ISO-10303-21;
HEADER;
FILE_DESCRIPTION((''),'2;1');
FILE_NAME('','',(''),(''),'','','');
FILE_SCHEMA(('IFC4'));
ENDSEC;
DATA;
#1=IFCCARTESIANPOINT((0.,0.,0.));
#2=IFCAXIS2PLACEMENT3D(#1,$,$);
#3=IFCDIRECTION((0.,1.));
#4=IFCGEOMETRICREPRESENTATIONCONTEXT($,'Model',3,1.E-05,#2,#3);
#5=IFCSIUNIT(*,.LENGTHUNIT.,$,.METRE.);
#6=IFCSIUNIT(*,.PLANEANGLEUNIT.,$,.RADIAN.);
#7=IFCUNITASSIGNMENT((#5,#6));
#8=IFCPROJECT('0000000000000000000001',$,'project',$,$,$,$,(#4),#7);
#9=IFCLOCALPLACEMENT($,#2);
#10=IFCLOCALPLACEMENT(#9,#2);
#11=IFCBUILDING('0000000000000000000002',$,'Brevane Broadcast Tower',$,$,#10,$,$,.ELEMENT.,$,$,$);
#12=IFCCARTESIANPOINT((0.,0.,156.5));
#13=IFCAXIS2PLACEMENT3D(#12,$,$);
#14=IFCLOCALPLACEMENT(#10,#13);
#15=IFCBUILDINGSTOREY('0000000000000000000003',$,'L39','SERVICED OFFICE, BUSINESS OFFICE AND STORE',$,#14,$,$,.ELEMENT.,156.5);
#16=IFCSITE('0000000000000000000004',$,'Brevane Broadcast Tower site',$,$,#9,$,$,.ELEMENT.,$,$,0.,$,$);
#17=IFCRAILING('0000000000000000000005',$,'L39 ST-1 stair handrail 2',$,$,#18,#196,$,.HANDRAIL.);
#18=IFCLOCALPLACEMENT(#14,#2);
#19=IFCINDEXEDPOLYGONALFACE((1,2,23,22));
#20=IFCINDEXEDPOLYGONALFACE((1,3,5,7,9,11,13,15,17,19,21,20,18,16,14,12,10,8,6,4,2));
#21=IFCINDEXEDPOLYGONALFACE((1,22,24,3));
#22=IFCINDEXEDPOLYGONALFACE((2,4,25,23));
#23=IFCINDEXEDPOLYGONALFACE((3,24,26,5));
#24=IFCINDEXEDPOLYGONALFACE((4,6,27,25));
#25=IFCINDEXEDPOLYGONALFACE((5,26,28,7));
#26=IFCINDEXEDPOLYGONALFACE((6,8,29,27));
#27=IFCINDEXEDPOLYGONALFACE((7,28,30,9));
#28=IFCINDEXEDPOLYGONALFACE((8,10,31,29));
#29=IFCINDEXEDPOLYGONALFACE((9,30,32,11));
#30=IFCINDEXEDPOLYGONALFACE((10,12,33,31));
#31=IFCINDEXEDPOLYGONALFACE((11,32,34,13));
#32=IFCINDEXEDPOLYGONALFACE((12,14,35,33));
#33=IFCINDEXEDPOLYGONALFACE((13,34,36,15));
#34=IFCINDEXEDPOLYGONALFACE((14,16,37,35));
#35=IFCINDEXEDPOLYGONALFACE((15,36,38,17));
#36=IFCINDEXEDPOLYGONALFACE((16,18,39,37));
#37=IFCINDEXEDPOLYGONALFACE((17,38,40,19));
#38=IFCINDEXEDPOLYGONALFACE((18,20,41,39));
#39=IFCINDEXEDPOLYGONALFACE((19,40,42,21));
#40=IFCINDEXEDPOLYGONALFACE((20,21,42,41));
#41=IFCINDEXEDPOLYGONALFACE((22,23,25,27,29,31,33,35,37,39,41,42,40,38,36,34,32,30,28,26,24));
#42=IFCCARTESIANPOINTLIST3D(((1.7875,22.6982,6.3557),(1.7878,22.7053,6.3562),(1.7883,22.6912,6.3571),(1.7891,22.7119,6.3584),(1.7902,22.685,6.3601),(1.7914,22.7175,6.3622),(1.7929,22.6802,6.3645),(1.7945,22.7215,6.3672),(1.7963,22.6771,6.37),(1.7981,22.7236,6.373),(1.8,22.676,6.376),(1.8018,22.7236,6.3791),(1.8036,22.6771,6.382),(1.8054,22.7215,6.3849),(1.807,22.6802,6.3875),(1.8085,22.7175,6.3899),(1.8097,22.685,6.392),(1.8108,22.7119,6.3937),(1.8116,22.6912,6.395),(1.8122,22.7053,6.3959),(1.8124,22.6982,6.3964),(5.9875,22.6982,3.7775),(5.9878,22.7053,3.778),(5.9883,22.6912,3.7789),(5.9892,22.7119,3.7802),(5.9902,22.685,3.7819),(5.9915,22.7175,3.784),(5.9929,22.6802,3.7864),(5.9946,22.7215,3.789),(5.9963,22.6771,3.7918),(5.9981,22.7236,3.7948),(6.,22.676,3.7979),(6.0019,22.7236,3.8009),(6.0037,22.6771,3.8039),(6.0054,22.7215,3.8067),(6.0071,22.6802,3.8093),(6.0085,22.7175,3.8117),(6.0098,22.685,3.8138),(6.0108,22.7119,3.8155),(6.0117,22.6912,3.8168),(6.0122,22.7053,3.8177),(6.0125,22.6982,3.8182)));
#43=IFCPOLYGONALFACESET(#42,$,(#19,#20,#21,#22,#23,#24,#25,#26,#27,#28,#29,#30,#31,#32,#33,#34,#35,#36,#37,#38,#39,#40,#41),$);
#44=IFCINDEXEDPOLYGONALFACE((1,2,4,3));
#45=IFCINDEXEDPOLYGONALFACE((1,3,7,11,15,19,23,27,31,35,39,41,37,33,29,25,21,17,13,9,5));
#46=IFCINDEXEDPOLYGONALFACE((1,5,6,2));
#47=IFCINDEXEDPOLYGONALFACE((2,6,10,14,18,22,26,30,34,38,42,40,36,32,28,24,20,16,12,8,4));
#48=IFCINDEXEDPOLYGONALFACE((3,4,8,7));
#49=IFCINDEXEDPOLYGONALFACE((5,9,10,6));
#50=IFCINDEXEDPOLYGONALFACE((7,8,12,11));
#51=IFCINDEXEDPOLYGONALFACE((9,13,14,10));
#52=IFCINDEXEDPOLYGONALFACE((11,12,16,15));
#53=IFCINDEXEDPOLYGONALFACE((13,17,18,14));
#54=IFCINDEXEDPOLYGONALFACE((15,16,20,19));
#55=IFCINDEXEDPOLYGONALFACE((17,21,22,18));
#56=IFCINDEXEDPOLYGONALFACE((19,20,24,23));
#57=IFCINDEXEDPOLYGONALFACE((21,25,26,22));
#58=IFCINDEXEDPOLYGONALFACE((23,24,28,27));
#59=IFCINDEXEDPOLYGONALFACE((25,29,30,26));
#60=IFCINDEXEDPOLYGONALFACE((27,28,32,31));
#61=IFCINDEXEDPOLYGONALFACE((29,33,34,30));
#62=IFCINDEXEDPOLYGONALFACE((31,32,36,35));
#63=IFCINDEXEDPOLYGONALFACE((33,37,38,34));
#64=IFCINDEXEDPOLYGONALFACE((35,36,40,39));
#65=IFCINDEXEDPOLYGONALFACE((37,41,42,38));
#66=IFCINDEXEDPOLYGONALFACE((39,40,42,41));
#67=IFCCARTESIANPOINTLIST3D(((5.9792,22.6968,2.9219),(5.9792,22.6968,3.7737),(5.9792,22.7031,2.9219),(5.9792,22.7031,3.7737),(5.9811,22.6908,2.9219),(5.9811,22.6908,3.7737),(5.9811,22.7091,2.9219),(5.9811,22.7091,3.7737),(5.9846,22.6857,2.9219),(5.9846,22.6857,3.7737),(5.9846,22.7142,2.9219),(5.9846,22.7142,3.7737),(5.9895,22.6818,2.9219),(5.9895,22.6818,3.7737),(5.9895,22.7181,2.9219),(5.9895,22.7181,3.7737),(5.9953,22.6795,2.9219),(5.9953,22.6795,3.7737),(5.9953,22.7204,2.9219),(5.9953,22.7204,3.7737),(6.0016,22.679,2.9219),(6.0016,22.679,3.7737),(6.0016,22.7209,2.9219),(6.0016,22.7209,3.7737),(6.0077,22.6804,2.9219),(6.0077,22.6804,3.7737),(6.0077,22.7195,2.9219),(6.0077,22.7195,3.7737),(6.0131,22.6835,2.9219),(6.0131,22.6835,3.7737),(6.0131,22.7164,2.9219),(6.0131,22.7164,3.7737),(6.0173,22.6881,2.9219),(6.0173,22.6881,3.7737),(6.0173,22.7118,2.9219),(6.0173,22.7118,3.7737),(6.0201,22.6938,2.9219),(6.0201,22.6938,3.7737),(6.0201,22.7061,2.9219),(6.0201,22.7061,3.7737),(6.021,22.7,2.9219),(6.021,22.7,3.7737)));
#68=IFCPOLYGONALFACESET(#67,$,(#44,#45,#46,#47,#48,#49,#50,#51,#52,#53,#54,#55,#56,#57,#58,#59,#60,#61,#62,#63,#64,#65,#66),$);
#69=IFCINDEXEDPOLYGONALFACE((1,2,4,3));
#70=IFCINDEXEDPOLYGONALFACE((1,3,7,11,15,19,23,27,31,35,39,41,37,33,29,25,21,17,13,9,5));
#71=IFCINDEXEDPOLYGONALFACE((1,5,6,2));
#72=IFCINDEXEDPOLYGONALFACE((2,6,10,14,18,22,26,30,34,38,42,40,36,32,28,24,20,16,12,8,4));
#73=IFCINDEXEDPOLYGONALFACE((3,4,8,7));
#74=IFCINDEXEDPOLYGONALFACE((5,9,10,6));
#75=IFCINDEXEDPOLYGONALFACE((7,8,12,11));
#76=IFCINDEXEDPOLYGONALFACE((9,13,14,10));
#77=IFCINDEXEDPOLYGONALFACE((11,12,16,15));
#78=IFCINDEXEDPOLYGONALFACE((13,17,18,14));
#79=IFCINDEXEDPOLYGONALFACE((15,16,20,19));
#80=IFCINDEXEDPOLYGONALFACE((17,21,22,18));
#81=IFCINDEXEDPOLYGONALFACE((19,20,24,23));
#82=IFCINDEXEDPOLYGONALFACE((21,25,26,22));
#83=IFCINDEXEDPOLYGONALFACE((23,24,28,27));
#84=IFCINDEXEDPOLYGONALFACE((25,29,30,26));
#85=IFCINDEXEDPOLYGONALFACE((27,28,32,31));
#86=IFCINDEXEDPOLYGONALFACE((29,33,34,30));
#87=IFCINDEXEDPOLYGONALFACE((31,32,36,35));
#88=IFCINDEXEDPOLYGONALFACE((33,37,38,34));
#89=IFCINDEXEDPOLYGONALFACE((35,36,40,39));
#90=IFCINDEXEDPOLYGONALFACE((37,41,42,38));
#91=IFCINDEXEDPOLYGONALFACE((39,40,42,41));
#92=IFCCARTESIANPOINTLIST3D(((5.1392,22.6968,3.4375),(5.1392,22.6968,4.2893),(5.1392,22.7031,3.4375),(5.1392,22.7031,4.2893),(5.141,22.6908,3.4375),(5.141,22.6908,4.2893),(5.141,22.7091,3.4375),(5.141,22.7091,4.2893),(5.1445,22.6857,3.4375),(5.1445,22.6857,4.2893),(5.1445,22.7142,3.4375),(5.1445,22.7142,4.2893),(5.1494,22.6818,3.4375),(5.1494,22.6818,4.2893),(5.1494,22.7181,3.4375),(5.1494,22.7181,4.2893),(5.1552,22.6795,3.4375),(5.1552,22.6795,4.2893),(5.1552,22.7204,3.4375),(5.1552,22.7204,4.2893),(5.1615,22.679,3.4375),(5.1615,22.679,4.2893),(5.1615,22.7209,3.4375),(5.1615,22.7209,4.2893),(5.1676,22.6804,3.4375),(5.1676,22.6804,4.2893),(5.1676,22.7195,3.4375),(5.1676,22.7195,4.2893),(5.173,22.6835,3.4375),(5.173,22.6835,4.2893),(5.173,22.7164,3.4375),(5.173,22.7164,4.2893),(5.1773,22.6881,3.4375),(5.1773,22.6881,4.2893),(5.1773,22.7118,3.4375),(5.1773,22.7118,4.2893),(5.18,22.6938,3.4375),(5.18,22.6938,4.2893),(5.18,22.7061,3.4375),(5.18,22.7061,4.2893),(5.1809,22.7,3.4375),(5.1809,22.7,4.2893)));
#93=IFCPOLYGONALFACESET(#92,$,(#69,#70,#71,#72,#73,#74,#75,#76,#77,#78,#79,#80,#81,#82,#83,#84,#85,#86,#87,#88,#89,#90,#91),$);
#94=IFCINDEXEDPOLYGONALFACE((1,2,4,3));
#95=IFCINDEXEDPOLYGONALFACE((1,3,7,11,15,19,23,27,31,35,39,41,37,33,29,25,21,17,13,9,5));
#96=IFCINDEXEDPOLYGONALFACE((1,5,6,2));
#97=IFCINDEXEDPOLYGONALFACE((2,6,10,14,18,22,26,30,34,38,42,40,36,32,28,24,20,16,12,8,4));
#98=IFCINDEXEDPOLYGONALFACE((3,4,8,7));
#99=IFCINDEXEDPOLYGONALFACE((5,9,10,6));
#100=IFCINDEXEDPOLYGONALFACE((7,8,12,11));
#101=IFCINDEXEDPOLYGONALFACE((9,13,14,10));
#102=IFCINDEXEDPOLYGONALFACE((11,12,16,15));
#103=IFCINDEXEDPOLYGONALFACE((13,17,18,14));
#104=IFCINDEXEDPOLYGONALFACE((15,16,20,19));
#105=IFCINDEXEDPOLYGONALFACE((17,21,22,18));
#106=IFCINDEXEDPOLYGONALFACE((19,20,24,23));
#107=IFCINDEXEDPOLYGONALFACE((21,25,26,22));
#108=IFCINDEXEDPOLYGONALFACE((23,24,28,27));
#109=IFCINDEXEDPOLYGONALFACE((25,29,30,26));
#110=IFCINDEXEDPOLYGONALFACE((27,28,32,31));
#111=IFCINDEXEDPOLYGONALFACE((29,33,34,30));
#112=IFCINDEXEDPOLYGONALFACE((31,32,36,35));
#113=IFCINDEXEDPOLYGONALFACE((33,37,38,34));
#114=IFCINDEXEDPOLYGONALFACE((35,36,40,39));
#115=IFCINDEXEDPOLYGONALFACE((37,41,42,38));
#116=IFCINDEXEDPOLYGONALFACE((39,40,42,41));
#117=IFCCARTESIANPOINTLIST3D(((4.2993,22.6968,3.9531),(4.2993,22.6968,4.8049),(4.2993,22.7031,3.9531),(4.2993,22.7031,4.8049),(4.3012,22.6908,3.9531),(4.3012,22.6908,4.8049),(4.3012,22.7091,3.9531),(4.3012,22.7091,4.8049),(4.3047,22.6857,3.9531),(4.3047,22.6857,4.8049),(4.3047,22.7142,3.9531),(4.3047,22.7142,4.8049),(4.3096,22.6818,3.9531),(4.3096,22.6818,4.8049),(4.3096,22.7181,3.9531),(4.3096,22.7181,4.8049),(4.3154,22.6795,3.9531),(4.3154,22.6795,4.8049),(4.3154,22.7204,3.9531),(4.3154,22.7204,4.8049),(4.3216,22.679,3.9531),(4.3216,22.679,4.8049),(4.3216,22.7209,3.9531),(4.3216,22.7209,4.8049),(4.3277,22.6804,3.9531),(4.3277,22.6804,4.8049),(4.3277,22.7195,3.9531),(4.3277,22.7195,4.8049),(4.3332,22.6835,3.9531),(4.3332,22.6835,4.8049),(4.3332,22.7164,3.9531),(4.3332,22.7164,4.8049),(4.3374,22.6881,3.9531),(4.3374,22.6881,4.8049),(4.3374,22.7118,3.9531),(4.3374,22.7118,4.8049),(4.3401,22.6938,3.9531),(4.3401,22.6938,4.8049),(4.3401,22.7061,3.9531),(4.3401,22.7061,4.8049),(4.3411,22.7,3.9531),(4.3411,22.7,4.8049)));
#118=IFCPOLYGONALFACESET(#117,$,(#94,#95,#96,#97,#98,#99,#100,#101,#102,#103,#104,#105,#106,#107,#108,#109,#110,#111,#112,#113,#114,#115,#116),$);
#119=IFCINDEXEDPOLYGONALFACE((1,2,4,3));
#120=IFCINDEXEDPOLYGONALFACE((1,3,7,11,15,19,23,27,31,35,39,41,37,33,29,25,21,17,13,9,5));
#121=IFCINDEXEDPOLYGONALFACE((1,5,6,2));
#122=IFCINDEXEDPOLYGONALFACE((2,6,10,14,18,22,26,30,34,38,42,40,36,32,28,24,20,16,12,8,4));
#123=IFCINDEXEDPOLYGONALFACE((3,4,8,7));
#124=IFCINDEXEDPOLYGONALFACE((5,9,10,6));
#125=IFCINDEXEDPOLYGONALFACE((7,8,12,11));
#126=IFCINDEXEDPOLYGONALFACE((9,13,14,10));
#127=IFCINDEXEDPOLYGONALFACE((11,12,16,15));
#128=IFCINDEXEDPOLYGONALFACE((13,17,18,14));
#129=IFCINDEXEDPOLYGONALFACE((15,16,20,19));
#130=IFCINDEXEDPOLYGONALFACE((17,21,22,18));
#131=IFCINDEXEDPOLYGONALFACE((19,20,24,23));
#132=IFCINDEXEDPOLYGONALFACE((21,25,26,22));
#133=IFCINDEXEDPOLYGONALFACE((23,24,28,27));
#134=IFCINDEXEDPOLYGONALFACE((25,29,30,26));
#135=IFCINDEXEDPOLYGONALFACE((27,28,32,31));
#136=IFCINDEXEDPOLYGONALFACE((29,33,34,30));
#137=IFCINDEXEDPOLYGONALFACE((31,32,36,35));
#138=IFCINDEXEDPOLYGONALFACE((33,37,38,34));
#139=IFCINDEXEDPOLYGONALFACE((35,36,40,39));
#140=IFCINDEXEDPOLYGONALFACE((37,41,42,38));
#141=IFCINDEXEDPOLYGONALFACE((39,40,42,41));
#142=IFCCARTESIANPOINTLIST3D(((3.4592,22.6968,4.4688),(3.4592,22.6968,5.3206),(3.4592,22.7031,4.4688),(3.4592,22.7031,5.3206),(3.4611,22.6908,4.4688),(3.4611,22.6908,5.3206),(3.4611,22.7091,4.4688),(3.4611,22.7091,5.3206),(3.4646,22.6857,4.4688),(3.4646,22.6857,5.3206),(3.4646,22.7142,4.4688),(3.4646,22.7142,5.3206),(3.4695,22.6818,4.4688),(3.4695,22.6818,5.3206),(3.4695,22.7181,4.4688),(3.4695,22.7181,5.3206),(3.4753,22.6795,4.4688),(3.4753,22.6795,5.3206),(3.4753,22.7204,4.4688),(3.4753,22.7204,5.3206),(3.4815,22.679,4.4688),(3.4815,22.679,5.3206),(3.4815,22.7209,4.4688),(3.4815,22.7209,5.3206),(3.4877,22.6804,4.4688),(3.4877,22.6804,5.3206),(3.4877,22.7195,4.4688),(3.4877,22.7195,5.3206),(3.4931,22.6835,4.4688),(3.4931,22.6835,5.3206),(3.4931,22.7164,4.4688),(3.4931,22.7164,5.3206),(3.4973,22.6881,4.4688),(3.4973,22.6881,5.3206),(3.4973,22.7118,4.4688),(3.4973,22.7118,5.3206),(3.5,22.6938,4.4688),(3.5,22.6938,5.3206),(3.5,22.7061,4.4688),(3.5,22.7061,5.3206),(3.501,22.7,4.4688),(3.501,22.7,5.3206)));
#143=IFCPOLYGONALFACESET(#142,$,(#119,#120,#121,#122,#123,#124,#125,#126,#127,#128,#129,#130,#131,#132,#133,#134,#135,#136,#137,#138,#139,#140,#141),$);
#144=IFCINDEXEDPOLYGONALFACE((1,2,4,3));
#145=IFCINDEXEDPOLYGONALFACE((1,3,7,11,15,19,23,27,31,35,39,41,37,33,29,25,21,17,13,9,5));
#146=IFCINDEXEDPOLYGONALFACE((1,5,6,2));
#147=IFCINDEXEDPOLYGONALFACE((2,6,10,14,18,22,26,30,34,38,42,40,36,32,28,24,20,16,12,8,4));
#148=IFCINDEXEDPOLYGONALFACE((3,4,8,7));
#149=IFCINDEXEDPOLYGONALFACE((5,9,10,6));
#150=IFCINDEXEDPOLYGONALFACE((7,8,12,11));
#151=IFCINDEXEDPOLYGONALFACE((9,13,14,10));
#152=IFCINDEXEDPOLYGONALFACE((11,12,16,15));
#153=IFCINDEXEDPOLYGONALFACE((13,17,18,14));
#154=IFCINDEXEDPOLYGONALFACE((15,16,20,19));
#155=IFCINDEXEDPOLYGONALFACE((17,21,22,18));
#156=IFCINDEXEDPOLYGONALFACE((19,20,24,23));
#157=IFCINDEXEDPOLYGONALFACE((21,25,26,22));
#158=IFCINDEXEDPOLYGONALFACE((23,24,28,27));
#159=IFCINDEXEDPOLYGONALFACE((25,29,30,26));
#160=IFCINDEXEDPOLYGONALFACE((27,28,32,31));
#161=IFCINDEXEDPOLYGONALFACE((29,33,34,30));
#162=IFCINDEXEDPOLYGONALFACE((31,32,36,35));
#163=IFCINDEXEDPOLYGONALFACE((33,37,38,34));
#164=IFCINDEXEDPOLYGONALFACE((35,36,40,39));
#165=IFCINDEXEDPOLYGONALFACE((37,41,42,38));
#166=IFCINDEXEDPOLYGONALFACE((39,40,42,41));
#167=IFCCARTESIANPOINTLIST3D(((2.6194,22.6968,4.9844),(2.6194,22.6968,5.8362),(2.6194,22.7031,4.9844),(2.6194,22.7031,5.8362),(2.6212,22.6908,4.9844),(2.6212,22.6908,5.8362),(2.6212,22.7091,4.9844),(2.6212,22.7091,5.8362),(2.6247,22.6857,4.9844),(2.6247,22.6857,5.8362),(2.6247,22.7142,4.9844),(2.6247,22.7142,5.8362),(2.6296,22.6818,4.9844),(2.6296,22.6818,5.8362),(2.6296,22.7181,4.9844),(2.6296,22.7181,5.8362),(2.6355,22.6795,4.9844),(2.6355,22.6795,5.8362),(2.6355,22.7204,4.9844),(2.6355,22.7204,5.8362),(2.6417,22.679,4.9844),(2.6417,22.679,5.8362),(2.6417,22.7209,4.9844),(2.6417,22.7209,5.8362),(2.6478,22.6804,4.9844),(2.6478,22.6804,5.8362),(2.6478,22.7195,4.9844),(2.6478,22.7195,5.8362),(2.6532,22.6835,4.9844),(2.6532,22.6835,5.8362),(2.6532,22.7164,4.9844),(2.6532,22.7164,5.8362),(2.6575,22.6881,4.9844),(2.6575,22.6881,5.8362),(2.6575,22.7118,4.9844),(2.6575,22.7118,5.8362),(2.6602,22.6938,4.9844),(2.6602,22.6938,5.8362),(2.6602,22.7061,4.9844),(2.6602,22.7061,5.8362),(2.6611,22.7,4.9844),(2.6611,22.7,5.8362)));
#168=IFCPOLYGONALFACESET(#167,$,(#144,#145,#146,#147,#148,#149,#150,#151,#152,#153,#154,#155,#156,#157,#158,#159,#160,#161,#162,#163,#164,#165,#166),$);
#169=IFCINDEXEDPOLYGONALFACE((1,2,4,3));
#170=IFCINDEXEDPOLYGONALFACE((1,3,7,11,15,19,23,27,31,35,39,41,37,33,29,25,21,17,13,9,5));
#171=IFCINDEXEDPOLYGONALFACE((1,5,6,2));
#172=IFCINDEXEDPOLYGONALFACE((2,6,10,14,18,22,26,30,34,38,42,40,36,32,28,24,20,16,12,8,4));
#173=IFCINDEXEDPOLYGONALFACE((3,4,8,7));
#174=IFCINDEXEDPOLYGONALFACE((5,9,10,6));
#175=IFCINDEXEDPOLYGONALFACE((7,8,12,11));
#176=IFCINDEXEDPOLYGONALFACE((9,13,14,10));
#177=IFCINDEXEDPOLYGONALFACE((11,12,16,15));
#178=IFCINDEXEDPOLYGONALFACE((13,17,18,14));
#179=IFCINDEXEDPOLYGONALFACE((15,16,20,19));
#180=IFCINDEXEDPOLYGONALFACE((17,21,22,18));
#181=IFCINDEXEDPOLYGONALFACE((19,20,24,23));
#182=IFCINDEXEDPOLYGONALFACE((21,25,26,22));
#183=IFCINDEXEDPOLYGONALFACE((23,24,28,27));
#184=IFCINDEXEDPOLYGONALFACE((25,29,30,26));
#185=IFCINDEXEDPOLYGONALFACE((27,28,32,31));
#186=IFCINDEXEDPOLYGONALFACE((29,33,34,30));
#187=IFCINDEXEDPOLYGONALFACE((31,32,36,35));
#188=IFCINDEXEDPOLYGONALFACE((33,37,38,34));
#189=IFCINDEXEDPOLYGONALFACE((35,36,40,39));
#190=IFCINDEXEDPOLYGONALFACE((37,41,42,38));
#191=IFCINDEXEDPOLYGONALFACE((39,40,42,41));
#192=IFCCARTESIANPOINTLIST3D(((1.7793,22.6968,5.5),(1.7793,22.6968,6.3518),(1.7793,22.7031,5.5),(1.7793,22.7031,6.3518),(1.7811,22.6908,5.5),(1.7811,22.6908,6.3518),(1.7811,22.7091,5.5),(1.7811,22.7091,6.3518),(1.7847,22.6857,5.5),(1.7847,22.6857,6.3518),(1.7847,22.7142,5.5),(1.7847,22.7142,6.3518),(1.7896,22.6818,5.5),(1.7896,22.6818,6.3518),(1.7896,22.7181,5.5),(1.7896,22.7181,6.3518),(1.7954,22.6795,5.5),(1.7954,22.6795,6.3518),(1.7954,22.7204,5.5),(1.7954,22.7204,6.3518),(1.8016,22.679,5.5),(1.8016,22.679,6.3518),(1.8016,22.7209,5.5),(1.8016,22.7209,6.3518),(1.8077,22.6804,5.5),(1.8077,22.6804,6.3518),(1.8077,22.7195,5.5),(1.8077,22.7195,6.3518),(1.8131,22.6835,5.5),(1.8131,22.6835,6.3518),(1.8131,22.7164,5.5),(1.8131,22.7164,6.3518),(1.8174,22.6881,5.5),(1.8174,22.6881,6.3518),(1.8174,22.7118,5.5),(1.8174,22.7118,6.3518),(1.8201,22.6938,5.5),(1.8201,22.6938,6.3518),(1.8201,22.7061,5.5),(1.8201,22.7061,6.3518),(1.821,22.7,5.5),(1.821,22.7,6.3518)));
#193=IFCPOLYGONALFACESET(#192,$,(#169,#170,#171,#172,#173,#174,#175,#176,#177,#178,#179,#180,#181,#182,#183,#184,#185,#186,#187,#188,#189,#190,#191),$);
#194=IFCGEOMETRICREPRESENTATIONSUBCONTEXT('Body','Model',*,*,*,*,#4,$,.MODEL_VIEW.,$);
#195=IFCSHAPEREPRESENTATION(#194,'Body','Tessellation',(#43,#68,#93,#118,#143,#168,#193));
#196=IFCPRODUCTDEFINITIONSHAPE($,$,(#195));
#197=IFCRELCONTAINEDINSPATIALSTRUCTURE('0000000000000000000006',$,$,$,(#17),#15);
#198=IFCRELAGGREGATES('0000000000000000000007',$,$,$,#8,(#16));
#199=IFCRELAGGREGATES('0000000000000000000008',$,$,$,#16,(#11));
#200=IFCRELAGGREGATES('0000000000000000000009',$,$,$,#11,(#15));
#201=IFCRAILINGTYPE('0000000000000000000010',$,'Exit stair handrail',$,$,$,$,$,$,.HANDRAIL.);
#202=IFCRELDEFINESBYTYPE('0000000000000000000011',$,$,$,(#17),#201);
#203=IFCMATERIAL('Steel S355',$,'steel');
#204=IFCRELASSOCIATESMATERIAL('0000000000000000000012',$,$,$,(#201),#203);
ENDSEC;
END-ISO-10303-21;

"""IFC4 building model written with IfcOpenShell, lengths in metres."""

from ifc_helpers import new_model, si_unit, direction, frame, origin, origin_2d, place, context, subcontext, project, spatial, circle, extrude, material, type_object, element, save


model = new_model("IFC4")

# Units and contexts
model_context = context("Model", 3, precision=1e-05, world=origin(), true_north=direction((0.0, 1.0)))
body_context = subcontext(model_context, "Body", "Model", "MODEL_VIEW")
ifc_project = project(units=[si_unit("LENGTHUNIT", "METRE"), si_unit("PLANEANGLEUNIT", "RADIAN")], contexts=[model_context])

# Site, building, storey
site_placement = place(None, origin())
site = spatial("IfcSite", under=ifc_project, at=site_placement, Name="Brevane Broadcast Tower site", CompositionType="ELEMENT", RefElevation=0.0)
building_placement = place(site_placement, origin())
building = spatial("IfcBuilding", under=site, at=building_placement, Name="Brevane Broadcast Tower", CompositionType="ELEMENT")
storey_placement = place(building_placement, frame((0.0, 0.0, 156.5)))
storey = spatial("IfcBuildingStorey", under=building, at=storey_placement, Name="L39", Description="SERVICED OFFICE, BUSINESS OFFICE AND STORE", CompositionType="ELEMENT", Elevation=156.5)

# Railing
ifc_material_1 = material(Name="Steel S355", Category="steel")
railing_type_1 = type_object("IfcRailingType", Name="Exit stair handrail", PredefinedType="HANDRAIL", material=ifc_material_1)
railing_1_placement = place(storey_placement, frame((6.0, 22.7, 2.9219)))
element("IfcRailing", 1, at=railing_1_placement, inside=storey, type_object=railing_type_1, Name="L39 ST-1 stair handrail 2", PredefinedType="HANDRAIL", context=body_context, shape_type="SweptSolid", body=[
    extrude(circle(Radius=0.0239, at=origin_2d()), frame((0.0, 0.0, 0.876), z_axis=(-0.852243, 0.0, 0.523146), x_axis=(0.0, -1.0, 0.0)), (0.0, 0.0, 1.0), 4.9282),
    extrude(circle(Radius=0.021, at=origin_2d()), origin(), (0.0, 0.0, 1.0), 0.8518),
    extrude(circle(Radius=0.021, at=origin_2d()), frame((-0.8401, 0.0, 0.5156)), (0.0, 0.0, 1.0), 0.8518),
    extrude(circle(Radius=0.021, at=origin_2d()), frame((-1.6799, 0.0, 1.0312)), (0.0, 0.0, 1.0), 0.8518),
    extrude(circle(Radius=0.021, at=origin_2d()), frame((-2.52, 0.0, 1.5469)), (0.0, 0.0, 1.0), 0.8518),
    extrude(circle(Radius=0.021, at=origin_2d()), frame((-3.3599, 0.0, 2.0625)), (0.0, 0.0, 1.0), 0.8518),
    extrude(circle(Radius=0.021, at=origin_2d()), frame((-4.2, 0.0, 2.5781)), (0.0, 0.0, 1.0), 0.8518),
])

save(model, "model.ifc")
